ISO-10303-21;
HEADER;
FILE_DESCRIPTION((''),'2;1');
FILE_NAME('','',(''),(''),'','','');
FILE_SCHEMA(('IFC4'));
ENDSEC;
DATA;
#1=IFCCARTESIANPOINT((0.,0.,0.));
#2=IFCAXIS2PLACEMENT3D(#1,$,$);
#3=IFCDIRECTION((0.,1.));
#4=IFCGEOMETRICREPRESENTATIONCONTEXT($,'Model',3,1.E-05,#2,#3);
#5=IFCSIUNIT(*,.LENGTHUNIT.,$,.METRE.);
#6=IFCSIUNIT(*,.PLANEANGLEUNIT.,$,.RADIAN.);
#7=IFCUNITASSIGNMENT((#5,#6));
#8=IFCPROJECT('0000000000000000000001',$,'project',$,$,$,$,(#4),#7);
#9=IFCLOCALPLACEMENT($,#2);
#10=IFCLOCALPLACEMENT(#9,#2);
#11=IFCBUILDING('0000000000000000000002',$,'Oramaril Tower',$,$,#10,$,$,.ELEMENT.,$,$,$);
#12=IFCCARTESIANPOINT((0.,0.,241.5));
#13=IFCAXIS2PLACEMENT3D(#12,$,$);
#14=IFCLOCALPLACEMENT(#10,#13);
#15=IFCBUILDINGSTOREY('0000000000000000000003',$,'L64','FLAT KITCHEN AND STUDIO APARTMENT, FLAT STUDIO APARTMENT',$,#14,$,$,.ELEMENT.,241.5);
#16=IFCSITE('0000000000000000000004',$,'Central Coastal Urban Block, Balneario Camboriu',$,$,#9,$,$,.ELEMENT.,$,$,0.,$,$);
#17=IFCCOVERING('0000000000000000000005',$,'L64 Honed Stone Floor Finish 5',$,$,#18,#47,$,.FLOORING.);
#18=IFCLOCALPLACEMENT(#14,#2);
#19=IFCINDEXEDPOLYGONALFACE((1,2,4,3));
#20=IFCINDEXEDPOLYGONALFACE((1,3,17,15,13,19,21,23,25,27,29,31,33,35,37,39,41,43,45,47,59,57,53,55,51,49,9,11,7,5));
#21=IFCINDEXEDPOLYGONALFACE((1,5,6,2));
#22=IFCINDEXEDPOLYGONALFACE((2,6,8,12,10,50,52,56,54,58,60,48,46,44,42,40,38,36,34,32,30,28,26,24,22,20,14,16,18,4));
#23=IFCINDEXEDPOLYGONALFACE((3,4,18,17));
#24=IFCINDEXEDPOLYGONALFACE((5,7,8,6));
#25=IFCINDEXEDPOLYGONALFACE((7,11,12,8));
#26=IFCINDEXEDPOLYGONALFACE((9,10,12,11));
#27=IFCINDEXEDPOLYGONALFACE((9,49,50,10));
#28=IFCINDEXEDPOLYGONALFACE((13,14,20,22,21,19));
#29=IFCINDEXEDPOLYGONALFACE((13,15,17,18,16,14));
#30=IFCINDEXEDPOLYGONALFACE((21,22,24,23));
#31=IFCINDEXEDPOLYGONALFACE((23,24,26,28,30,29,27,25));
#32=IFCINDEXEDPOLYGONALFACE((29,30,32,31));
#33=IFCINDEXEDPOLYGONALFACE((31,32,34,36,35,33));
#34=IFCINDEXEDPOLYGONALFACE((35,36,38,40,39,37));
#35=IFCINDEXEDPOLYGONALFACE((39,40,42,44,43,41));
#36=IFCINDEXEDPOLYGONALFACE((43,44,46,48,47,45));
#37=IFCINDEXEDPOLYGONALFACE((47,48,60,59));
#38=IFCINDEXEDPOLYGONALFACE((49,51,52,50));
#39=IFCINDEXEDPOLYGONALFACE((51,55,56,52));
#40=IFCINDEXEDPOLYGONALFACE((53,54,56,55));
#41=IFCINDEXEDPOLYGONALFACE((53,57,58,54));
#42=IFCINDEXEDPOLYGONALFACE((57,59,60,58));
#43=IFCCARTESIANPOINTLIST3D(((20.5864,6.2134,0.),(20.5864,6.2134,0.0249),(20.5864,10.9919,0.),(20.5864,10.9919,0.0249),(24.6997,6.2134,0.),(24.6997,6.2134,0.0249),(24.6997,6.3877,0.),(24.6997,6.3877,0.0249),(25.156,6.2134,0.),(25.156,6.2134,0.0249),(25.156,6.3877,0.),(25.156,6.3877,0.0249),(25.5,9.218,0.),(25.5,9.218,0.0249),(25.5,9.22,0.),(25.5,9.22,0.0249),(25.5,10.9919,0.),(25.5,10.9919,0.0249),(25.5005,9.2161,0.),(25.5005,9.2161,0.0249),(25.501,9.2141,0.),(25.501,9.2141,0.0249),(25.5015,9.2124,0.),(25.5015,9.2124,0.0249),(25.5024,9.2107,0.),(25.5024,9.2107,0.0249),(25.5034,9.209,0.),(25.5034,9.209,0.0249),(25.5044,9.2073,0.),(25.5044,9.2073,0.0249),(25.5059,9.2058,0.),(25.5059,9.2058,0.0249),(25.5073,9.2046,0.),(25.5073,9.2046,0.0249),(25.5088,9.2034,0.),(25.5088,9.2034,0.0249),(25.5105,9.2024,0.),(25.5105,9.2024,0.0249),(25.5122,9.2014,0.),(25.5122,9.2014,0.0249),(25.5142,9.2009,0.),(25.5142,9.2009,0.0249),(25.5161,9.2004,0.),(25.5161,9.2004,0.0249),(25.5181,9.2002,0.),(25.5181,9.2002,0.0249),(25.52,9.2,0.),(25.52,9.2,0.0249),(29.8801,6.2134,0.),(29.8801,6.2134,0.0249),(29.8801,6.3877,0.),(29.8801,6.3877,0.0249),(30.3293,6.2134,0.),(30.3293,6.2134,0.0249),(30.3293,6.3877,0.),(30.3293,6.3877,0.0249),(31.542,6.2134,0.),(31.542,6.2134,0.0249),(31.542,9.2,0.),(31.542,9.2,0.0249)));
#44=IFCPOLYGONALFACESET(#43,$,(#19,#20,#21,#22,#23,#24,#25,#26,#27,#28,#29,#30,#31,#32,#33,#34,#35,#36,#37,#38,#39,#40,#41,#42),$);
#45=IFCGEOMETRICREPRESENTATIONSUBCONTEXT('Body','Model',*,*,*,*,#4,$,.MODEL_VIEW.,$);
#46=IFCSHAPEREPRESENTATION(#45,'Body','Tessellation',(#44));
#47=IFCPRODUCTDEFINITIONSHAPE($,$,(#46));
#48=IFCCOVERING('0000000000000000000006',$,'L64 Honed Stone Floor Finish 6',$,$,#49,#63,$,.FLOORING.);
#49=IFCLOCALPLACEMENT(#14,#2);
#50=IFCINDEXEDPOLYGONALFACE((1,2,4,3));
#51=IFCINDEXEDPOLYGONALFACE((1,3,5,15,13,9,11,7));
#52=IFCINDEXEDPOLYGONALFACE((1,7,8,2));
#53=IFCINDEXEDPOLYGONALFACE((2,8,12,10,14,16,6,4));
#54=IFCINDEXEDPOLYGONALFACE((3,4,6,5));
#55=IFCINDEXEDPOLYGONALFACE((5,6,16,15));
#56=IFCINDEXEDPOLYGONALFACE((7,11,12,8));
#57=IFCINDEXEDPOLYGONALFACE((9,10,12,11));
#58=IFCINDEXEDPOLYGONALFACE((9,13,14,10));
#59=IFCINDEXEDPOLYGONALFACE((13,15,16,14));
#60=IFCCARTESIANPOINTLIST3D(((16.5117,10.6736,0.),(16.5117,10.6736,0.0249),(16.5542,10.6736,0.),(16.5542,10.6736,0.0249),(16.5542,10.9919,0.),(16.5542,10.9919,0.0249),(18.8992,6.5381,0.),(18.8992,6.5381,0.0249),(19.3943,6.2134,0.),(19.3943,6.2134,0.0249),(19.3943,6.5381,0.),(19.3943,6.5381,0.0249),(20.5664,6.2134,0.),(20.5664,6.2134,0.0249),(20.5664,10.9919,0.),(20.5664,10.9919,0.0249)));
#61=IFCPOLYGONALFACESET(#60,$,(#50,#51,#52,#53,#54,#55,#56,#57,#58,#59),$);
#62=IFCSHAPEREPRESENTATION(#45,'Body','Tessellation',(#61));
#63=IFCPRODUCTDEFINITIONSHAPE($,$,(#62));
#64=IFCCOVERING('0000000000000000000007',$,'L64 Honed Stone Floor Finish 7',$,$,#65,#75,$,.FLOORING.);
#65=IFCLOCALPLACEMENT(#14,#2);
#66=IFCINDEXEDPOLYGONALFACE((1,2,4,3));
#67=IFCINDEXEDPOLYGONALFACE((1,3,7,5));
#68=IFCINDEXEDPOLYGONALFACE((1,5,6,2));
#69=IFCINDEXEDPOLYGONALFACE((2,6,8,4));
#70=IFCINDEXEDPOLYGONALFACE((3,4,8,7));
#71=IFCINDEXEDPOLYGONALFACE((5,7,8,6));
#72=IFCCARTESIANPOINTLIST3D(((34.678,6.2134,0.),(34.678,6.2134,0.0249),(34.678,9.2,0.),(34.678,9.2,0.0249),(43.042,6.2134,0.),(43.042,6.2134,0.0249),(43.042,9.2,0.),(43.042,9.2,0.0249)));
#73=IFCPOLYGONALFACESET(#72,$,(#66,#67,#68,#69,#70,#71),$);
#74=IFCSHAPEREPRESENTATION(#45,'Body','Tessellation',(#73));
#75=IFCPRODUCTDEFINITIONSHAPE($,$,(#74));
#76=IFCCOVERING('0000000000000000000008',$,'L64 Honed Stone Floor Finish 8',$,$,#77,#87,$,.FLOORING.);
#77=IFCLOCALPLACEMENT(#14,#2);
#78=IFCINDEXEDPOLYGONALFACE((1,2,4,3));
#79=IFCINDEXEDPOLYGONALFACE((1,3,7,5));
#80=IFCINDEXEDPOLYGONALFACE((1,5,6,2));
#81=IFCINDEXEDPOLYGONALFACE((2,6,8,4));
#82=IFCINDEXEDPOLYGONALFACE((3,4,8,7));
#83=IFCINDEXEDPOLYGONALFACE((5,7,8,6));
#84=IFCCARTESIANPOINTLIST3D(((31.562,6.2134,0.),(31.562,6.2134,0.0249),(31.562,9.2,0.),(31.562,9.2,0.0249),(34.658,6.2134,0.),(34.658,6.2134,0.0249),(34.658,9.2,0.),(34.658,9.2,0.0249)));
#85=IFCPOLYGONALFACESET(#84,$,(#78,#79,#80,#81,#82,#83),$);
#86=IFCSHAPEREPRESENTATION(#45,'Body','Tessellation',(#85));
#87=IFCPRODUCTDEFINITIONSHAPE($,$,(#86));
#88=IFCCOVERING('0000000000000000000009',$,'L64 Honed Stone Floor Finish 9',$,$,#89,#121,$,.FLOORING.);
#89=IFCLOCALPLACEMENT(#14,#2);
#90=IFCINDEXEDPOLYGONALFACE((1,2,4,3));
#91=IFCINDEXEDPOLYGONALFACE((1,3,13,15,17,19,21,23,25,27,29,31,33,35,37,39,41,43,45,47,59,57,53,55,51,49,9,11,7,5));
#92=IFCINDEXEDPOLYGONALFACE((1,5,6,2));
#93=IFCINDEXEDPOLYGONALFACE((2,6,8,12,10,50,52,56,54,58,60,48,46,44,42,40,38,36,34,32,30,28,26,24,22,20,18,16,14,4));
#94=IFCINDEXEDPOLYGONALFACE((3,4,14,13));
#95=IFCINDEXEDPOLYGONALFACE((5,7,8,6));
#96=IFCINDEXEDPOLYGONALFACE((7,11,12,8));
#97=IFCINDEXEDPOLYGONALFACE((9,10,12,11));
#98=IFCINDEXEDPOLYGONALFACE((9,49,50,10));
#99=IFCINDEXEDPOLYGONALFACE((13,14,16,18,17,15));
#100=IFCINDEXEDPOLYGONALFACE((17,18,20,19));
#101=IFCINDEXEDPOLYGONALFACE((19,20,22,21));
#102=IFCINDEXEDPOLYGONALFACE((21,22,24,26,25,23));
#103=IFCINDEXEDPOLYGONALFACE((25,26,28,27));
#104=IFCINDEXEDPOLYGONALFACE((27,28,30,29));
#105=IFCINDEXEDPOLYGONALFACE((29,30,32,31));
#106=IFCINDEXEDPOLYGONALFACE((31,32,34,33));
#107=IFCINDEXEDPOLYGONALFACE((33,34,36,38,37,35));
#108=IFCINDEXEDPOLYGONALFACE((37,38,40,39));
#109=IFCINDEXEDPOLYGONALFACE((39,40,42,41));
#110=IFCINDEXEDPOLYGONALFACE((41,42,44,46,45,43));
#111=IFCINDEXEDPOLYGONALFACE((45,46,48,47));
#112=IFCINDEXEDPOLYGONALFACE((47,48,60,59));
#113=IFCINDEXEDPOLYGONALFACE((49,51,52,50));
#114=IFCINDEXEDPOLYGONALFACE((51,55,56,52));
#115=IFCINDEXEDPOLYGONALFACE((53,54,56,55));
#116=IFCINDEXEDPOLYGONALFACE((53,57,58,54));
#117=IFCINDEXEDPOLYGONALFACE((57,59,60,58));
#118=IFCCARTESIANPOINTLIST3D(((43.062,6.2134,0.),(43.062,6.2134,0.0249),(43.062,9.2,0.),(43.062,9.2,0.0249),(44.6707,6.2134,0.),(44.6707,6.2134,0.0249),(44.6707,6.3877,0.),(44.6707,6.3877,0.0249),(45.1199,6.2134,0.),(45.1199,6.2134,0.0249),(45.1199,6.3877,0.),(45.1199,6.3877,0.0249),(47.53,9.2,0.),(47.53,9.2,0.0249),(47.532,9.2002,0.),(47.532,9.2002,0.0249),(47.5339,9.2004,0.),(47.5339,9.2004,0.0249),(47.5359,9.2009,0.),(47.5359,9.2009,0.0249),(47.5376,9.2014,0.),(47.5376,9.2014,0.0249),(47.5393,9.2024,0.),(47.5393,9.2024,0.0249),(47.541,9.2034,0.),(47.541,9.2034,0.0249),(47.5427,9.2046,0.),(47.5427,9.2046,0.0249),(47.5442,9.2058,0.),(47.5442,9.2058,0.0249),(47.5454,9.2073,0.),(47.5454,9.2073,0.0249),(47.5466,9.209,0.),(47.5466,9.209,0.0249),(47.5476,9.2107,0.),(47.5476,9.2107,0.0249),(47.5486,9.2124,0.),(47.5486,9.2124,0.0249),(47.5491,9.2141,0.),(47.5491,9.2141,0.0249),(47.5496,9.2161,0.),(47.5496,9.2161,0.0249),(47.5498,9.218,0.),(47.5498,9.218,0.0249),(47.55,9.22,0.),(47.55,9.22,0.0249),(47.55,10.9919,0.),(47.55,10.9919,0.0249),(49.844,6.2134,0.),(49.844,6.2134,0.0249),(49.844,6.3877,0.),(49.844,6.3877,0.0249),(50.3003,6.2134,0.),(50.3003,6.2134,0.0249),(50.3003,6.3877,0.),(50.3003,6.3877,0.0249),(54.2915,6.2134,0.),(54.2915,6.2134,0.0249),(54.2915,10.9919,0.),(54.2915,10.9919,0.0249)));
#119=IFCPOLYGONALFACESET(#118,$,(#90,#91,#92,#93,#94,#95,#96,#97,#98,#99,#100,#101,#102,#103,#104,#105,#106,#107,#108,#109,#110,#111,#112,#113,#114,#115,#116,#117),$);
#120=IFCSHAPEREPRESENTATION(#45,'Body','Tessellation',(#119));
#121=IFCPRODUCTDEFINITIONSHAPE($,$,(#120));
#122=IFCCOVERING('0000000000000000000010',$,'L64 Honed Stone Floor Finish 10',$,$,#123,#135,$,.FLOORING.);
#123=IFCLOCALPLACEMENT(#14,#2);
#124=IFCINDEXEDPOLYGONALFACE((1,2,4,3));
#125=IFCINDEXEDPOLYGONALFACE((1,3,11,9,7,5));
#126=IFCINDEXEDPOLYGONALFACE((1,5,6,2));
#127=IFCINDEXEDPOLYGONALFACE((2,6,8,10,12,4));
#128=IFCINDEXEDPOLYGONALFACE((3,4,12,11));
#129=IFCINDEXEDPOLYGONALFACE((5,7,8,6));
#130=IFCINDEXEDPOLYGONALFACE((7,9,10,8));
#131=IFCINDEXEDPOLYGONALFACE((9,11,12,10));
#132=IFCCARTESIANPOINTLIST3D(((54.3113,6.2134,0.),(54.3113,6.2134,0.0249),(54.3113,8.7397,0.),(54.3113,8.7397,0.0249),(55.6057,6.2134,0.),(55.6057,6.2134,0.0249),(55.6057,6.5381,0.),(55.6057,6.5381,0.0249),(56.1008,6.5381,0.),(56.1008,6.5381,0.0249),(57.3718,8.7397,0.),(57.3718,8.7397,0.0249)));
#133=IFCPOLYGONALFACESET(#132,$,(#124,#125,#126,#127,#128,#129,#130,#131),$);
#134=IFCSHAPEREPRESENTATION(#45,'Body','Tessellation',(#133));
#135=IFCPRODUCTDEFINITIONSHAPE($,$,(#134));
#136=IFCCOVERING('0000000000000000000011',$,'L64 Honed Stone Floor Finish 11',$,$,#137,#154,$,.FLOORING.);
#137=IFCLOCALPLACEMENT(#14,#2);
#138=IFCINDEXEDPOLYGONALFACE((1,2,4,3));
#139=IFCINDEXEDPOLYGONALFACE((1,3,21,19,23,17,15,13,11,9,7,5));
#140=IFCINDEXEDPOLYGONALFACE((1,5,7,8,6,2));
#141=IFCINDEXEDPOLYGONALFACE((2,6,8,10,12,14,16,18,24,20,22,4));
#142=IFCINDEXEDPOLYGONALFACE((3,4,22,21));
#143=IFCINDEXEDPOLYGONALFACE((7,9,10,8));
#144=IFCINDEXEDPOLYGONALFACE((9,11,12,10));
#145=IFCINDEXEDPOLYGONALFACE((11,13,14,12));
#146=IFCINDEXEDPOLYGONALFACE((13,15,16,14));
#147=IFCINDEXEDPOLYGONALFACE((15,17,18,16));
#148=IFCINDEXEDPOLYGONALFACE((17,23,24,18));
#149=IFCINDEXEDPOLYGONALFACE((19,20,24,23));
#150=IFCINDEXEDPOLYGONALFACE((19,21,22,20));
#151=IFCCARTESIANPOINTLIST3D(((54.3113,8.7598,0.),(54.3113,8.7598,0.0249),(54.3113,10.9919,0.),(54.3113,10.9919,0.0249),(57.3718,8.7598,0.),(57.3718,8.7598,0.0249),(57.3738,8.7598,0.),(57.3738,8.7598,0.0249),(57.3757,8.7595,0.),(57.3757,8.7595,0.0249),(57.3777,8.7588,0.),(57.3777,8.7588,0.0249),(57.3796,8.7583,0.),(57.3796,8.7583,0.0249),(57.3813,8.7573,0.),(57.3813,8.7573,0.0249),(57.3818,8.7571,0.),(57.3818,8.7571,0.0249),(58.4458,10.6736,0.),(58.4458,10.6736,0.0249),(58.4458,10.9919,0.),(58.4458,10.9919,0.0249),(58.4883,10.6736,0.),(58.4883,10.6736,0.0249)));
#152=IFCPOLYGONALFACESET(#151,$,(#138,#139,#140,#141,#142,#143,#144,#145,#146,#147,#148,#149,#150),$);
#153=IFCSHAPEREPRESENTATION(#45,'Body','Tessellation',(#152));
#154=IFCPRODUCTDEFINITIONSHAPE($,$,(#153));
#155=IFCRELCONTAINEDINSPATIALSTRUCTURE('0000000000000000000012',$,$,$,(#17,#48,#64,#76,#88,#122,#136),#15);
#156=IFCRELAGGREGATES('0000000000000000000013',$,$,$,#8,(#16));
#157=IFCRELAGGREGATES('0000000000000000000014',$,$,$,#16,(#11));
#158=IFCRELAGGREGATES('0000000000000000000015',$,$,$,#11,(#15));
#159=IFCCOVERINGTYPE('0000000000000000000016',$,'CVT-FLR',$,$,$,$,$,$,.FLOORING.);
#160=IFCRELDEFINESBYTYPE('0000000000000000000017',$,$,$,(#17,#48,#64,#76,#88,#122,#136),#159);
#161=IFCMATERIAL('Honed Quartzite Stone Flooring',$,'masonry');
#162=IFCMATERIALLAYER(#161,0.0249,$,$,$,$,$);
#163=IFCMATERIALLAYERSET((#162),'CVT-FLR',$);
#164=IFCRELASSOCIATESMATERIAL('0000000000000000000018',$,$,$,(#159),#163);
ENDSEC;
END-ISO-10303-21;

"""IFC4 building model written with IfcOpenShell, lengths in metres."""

from ifc_helpers import new_model, si_unit, direction, frame, origin, place, context, subcontext, project, spatial, polyline, outline, extrude, material, layer, layer_set, type_object, element, save


model = new_model("IFC4")

# Units and contexts
model_context = context("Model", 3, precision=1e-05, world=origin(), true_north=direction((0.0, 1.0)))
body_context = subcontext(model_context, "Body", "Model", "MODEL_VIEW")
ifc_project = project(units=[si_unit("LENGTHUNIT", "METRE"), si_unit("PLANEANGLEUNIT", "RADIAN")], contexts=[model_context])

# Site, building, storey
site_placement = place(None, origin())
site = spatial("IfcSite", under=ifc_project, at=site_placement, Name="Central Coastal Urban Block, Balneario Camboriu", CompositionType="ELEMENT", RefElevation=0.0)
building_placement = place(site_placement, origin())
building = spatial("IfcBuilding", under=site, at=building_placement, Name="Oramaril Tower", CompositionType="ELEMENT")
storey_placement = place(building_placement, frame((0.0, 0.0, 241.5)))
storey = spatial("IfcBuildingStorey", under=building, at=storey_placement, Name="L64", Description="FLAT KITCHEN AND STUDIO APARTMENT, FLAT STUDIO APARTMENT", CompositionType="ELEMENT", Elevation=241.5)

# Coverings
ifc_material_1 = material(Name="Honed Quartzite Stone Flooring", Category="masonry")
ifc_layer_1 = layer(ifc_material_1, 0.0249)
ifc_layer_set_1 = layer_set([ifc_layer_1], Name="CVT-FLR")
covering_type_1 = type_object("IfcCoveringType", Name="CVT-FLR", PredefinedType="FLOORING", material=ifc_layer_set_1)
covering_1_placement = place(storey_placement, origin())
element("IfcCovering", 1, at=covering_1_placement, inside=storey, type_object=covering_type_1, Name="L64 Honed Stone Floor Finish 5", PredefinedType="FLOORING", context=body_context, shape_type="SweptSolid", body=[
    extrude(outline(polyline([(31.542, 6.2134), (30.3293, 6.2134), (30.3293, 6.3877), (29.8801, 6.3877), (29.8801, 6.2134), (25.156, 6.2134), (25.156, 6.3877), (24.6997, 6.3877), (24.6997, 6.2134), (20.5864, 6.2134), (20.5864, 10.9919), (25.5, 10.9919), (25.5, 9.22), (25.5, 9.218), (25.5005, 9.2161), (25.501, 9.2141), (25.5015, 9.2124), (25.5024, 9.2107), (25.5034, 9.209), (25.5044, 9.2073), (25.5059, 9.2058), (25.5073, 9.2046), (25.5088, 9.2034), (25.5105, 9.2024), (25.5122, 9.2014), (25.5142, 9.2009), (25.5161, 9.2004), (25.5181, 9.2002), (25.52, 9.2), (31.542, 9.2), (31.542, 6.2134)])), origin(), (0.0, 0.0, 1.0), 0.0249),
])
covering_2_placement = place(storey_placement, origin())
element("IfcCovering", 2, at=covering_2_placement, inside=storey, type_object=covering_type_1, Name="L64 Honed Stone Floor Finish 6", PredefinedType="FLOORING", context=body_context, shape_type="SweptSolid", body=[
    extrude(outline(polyline([(19.3943, 6.2134), (19.3943, 6.5381), (18.8992, 6.5381), (16.5117, 10.6736), (16.5542, 10.6736), (16.5542, 10.9919), (20.5664, 10.9919), (20.5664, 6.2134), (19.3943, 6.2134)])), origin(), (0.0, 0.0, 1.0), 0.0249),
])
covering_3_placement = place(storey_placement, origin())
element("IfcCovering", 3, at=covering_3_placement, inside=storey, type_object=covering_type_1, Name="L64 Honed Stone Floor Finish 7", PredefinedType="FLOORING", context=body_context, shape_type="SweptSolid", body=[
    extrude(outline(polyline([(34.678, 6.2134), (34.678, 9.2), (43.042, 9.2), (43.042, 6.2134), (34.678, 6.2134)])), origin(), (0.0, 0.0, 1.0), 0.0249),
])
covering_4_placement = place(storey_placement, origin())
element("IfcCovering", 4, at=covering_4_placement, inside=storey, type_object=covering_type_1, Name="L64 Honed Stone Floor Finish 8", PredefinedType="FLOORING", context=body_context, shape_type="SweptSolid", body=[
    extrude(outline(polyline([(31.562, 6.2134), (31.562, 9.2), (34.658, 9.2), (34.658, 6.2134), (31.562, 6.2134)])), origin(), (0.0, 0.0, 1.0), 0.0249),
])
covering_5_placement = place(storey_placement, origin())
element("IfcCovering", 5, at=covering_5_placement, inside=storey, type_object=covering_type_1, Name="L64 Honed Stone Floor Finish 9", PredefinedType="FLOORING", context=body_context, shape_type="SweptSolid", body=[
    extrude(outline(polyline([(54.2915, 10.9919), (54.2915, 6.2134), (50.3003, 6.2134), (50.3003, 6.3877), (49.844, 6.3877), (49.844, 6.2134), (45.1199, 6.2134), (45.1199, 6.3877), (44.6707, 6.3877), (44.6707, 6.2134), (43.062, 6.2134), (43.062, 9.2), (47.53, 9.2), (47.532, 9.2002), (47.5339, 9.2004), (47.5359, 9.2009), (47.5376, 9.2014), (47.5393, 9.2024), (47.541, 9.2034), (47.5427, 9.2046), (47.5442, 9.2058), (47.5454, 9.2073), (47.5466, 9.209), (47.5476, 9.2107), (47.5486, 9.2124), (47.5491, 9.2141), (47.5496, 9.2161), (47.5498, 9.218), (47.55, 9.22), (47.55, 10.9919), (54.2915, 10.9919)])), origin(), (0.0, 0.0, 1.0), 0.0249),
])
covering_6_placement = place(storey_placement, origin())
element("IfcCovering", 6, at=covering_6_placement, inside=storey, type_object=covering_type_1, Name="L64 Honed Stone Floor Finish 10", PredefinedType="FLOORING", context=body_context, shape_type="SweptSolid", body=[
    extrude(outline(polyline([(56.1008, 6.5381), (55.6057, 6.5381), (55.6057, 6.2134), (54.3113, 6.2134), (54.3113, 8.7397), (57.3718, 8.7397), (56.1008, 6.5381)])), origin(), (0.0, 0.0, 1.0), 0.0249),
])
covering_7_placement = place(storey_placement, origin())
element("IfcCovering", 7, at=covering_7_placement, inside=storey, type_object=covering_type_1, Name="L64 Honed Stone Floor Finish 11", PredefinedType="FLOORING", context=body_context, shape_type="SweptSolid", body=[
    extrude(outline(polyline([(58.4458, 10.6736), (58.4883, 10.6736), (57.3818, 8.7571), (57.3813, 8.7573), (57.3796, 8.7583), (57.3777, 8.7588), (57.3757, 8.7595), (57.3738, 8.7598), (57.3718, 8.7598), (54.3113, 8.7598), (54.3113, 10.9919), (58.4458, 10.9919), (58.4458, 10.6736)])), origin(), (0.0, 0.0, 1.0), 0.0249),
])

save(model, "model.ifc")
